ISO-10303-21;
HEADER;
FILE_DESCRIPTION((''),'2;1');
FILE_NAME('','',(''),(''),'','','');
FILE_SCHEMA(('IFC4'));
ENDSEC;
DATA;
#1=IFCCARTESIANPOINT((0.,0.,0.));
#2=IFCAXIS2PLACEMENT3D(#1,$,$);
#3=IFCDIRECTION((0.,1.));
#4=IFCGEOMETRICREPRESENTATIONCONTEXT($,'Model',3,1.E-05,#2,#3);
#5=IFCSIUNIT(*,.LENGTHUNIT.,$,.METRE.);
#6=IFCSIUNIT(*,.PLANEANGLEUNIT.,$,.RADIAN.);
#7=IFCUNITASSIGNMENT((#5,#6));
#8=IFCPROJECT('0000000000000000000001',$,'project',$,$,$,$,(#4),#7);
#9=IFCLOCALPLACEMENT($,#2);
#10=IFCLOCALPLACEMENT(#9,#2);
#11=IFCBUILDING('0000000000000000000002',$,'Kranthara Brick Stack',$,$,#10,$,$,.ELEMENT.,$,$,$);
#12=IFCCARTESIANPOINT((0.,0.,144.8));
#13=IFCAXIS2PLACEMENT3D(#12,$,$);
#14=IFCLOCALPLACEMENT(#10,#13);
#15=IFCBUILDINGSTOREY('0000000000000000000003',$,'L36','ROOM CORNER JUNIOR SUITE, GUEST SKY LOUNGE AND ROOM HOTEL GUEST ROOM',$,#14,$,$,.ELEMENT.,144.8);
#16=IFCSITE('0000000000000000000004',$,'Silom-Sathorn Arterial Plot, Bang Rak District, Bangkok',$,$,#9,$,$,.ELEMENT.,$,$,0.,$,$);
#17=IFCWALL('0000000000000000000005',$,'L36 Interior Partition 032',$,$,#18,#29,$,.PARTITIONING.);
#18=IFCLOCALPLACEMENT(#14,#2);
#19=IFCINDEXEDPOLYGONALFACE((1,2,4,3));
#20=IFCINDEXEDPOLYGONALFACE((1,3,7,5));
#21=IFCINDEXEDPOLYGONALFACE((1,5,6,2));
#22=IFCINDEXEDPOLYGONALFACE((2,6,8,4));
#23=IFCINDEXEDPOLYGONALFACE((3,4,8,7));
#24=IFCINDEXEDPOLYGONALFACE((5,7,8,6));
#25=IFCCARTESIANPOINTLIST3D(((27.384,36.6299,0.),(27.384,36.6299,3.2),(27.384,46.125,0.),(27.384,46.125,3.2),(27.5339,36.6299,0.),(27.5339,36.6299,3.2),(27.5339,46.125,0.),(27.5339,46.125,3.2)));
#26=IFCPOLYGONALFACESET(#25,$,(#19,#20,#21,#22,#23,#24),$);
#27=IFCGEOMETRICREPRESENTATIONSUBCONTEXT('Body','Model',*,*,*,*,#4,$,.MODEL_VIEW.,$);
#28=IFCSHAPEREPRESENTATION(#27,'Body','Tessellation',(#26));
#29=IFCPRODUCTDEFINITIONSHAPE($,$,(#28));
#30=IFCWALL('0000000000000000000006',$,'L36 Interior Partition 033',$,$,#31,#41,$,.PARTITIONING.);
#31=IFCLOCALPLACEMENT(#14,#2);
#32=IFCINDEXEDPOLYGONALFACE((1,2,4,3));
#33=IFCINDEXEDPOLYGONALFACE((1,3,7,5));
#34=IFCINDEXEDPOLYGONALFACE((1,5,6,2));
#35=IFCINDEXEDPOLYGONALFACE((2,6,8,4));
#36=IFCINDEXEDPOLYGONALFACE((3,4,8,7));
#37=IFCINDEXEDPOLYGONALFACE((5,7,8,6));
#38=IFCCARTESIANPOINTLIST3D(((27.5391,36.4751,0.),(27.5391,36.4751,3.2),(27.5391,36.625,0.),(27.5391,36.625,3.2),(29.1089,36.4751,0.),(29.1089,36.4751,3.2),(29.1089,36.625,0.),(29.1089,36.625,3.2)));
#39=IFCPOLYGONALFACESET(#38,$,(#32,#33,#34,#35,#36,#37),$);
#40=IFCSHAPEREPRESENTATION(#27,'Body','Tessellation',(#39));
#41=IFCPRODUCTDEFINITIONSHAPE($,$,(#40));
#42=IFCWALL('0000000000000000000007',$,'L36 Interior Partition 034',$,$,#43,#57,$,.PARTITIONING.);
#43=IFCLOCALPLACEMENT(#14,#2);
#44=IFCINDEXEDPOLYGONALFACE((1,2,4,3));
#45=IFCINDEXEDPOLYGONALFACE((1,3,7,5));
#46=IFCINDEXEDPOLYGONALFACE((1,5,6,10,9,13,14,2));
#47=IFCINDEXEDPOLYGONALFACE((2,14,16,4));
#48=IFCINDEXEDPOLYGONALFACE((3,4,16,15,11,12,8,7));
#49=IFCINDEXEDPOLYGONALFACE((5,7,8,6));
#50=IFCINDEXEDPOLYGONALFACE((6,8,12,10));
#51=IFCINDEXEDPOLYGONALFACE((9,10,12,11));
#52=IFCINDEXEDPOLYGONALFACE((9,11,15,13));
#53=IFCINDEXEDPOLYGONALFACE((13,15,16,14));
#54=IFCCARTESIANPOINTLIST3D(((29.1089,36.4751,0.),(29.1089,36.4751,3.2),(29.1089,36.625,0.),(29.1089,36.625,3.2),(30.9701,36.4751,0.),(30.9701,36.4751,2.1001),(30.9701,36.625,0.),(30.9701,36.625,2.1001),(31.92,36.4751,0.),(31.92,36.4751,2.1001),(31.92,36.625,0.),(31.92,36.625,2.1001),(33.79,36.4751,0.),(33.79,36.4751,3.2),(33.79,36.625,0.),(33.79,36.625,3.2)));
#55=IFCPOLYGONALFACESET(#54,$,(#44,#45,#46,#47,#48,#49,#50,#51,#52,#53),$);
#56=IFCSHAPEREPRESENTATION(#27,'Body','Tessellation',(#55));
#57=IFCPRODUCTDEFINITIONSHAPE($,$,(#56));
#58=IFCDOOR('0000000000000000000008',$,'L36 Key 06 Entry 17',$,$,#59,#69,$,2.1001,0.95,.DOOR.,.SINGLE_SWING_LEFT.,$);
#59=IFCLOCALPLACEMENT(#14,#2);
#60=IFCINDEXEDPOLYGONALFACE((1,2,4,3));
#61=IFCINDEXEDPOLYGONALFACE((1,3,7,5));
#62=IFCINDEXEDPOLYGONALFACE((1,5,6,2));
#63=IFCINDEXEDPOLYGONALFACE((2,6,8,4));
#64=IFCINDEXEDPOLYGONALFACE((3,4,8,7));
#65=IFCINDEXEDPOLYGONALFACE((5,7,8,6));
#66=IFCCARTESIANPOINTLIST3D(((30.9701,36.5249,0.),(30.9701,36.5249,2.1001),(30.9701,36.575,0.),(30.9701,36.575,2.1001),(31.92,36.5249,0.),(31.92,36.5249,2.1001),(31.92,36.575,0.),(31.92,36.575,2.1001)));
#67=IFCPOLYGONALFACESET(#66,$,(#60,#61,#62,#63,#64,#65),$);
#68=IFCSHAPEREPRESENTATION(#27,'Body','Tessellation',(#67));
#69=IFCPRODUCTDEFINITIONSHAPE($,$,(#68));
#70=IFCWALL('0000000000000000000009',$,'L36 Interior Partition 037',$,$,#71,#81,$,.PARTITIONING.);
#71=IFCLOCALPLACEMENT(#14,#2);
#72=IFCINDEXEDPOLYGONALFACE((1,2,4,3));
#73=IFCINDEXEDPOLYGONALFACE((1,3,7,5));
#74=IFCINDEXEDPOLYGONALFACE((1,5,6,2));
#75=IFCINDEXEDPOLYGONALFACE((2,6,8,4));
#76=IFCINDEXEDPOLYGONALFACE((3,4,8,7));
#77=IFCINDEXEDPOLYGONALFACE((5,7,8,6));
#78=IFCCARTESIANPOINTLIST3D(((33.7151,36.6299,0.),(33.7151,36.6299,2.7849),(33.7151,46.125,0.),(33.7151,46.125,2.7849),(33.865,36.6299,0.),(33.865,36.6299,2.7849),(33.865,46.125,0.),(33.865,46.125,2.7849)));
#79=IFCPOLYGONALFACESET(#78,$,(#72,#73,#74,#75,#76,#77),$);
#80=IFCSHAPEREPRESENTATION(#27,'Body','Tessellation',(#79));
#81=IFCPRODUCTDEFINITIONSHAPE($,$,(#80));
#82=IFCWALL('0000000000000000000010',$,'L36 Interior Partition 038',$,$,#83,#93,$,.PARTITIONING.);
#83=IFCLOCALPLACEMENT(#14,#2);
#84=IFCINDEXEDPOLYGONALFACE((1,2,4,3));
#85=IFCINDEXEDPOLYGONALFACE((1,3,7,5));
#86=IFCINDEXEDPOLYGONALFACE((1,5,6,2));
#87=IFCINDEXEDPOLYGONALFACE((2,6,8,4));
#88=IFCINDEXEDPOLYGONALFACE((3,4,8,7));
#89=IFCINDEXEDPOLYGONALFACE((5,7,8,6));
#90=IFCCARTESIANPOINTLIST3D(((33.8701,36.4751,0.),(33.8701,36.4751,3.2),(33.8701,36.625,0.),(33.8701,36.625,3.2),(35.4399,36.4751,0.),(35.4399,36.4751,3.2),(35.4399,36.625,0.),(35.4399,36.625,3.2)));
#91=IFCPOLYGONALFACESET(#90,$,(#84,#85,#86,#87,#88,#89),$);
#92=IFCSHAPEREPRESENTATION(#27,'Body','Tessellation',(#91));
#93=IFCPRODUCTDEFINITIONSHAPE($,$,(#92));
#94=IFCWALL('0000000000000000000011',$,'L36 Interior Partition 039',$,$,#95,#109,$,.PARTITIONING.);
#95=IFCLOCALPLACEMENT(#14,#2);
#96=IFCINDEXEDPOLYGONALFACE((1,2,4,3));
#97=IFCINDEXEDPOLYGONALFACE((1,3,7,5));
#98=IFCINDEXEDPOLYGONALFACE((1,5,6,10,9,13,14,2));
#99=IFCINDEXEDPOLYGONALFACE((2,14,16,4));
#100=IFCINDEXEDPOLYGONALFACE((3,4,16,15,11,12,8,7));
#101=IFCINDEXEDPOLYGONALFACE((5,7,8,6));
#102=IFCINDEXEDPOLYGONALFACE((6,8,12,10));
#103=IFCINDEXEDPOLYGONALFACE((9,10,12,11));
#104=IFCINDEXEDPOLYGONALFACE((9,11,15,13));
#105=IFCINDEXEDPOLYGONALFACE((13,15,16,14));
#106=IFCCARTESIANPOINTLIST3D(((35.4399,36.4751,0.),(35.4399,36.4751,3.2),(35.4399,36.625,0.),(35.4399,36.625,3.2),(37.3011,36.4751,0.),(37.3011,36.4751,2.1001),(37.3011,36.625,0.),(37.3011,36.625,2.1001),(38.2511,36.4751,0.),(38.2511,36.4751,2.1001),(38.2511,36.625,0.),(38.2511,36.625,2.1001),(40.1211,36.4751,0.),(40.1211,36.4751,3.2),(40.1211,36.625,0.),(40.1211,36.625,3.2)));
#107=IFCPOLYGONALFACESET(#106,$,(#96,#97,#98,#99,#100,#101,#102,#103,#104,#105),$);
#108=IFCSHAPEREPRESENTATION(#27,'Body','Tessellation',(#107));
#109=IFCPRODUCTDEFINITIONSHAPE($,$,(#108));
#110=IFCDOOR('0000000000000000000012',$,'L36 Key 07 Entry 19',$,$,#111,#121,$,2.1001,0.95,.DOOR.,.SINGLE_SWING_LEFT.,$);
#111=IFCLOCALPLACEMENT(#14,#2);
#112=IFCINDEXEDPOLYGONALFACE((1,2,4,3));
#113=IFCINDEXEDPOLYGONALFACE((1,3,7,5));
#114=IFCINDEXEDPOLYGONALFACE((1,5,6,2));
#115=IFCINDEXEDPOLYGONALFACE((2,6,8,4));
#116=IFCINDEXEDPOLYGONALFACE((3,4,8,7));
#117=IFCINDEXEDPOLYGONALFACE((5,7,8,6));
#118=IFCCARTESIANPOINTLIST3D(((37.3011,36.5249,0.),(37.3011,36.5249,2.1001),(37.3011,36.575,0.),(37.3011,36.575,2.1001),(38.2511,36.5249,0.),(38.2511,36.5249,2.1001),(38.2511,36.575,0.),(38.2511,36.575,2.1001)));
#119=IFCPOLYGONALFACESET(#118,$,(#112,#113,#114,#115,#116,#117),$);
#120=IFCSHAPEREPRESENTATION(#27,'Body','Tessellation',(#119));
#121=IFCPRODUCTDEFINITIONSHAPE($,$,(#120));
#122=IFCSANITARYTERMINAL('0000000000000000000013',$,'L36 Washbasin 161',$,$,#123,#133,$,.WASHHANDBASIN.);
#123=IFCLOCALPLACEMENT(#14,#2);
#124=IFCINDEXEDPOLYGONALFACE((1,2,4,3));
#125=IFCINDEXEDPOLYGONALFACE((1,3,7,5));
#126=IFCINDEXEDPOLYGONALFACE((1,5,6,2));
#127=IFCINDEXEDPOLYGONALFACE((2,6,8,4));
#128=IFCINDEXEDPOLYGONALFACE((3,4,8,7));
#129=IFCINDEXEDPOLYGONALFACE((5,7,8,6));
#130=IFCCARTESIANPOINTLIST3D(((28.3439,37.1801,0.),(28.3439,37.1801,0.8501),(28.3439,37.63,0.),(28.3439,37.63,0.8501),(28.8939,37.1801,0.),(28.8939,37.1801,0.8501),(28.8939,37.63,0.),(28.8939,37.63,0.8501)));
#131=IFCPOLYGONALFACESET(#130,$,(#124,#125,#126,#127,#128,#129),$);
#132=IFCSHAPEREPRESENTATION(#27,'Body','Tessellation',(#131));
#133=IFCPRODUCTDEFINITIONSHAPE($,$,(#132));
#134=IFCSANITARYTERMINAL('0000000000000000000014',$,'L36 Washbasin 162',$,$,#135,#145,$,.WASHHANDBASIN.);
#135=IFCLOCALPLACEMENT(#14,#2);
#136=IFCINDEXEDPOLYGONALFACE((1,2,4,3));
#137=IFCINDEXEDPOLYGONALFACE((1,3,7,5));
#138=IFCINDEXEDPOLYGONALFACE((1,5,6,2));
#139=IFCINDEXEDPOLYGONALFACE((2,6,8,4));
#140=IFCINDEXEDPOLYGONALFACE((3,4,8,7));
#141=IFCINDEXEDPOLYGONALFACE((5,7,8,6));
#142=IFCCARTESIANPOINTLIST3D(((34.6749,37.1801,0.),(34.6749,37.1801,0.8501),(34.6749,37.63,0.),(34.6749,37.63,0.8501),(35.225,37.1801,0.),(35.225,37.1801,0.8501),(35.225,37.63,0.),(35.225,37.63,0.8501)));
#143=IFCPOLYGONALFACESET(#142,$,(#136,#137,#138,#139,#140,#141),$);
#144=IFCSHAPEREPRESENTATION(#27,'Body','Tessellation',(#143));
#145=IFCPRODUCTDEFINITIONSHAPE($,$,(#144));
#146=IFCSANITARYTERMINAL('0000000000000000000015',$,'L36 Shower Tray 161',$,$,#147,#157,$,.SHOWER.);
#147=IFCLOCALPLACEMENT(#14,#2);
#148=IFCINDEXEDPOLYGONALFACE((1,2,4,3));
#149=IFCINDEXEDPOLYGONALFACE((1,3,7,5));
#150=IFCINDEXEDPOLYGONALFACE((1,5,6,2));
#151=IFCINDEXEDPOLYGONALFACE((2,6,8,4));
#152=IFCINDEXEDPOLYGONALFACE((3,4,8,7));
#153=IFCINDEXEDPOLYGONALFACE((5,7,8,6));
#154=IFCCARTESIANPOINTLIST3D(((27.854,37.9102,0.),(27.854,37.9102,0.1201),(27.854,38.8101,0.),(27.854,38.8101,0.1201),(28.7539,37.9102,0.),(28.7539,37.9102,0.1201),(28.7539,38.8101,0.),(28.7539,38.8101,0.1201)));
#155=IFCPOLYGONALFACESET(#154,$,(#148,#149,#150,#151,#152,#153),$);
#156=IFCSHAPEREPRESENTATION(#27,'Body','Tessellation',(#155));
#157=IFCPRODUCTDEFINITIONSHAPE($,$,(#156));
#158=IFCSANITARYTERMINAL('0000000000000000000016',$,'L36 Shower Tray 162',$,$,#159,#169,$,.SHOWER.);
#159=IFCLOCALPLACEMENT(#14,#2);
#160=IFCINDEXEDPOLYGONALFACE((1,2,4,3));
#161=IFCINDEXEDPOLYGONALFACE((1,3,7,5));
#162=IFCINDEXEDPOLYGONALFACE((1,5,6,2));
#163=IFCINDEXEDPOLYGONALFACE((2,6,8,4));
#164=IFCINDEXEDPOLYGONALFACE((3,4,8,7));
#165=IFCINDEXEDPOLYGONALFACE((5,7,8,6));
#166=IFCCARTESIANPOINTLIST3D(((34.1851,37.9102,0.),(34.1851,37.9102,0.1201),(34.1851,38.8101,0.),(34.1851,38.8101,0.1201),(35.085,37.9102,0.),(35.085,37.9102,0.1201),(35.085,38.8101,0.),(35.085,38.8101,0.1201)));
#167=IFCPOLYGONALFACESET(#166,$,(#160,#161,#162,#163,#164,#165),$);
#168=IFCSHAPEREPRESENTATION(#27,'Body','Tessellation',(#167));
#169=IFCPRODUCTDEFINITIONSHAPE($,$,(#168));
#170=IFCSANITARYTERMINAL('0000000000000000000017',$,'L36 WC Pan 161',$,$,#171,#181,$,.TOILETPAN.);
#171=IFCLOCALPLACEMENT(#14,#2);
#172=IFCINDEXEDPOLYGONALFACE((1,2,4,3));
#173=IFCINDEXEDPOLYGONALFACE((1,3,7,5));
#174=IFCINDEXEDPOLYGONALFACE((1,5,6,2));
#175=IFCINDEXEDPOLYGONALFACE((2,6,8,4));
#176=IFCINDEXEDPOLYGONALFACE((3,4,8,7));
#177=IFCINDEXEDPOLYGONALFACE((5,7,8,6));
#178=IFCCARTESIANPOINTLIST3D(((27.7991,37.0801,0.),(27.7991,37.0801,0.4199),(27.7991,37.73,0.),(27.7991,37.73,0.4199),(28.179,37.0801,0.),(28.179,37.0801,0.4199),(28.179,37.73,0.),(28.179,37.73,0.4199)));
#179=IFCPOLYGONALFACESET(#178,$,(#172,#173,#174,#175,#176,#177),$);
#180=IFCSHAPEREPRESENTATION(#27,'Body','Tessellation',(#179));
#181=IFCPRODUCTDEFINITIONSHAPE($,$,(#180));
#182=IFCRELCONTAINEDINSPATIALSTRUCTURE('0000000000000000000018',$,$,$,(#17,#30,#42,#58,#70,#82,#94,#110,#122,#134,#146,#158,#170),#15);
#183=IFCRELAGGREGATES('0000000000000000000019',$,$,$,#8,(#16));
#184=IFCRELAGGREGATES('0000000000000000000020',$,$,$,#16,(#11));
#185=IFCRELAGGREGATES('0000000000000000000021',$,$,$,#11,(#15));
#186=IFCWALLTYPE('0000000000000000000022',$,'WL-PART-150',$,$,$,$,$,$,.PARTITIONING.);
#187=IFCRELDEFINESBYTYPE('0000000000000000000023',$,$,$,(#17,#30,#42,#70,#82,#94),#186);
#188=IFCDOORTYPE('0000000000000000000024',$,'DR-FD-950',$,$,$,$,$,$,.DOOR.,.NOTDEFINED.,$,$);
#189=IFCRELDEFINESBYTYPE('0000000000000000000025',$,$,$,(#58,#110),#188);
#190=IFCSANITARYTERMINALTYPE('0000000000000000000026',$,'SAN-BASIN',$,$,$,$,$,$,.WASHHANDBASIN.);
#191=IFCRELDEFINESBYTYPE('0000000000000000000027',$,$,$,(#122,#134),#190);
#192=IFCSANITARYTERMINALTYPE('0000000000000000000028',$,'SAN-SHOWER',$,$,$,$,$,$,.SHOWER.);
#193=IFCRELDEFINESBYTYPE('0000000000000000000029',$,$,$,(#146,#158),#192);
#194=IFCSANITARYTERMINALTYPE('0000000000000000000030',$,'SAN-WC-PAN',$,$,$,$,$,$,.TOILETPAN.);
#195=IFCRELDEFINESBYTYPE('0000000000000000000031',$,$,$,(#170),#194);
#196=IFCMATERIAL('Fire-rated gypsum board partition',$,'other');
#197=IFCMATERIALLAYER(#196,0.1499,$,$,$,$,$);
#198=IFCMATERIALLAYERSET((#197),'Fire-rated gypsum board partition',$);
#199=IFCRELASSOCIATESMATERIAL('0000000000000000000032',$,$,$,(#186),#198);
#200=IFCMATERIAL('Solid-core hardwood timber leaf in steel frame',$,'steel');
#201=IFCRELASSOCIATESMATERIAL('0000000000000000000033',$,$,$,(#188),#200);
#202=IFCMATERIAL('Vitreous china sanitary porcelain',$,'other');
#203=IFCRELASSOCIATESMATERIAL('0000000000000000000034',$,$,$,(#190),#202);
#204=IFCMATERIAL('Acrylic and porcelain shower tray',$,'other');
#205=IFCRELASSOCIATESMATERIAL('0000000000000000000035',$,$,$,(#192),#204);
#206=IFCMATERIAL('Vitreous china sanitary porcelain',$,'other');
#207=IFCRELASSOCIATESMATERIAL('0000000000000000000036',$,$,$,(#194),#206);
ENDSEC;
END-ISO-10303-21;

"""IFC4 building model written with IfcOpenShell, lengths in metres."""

from ifc_helpers import new_model, si_unit, direction, frame, frame_2d, origin, origin_2d, place, context, subcontext, project, spatial, rectangle, extrude, material, layer, layer_set, type_object, element, fill, save


model = new_model("IFC4")

# Units and contexts
model_context = context("Model", 3, precision=1e-05, world=origin(), true_north=direction((0.0, 1.0)))
body_context = subcontext(model_context, "Body", "Model", "MODEL_VIEW")
ifc_project = project(units=[si_unit("LENGTHUNIT", "METRE"), si_unit("PLANEANGLEUNIT", "RADIAN")], contexts=[model_context])

# Site, building, storey
site_placement = place(None, origin())
site = spatial("IfcSite", under=ifc_project, at=site_placement, Name="Silom-Sathorn Arterial Plot, Bang Rak District, Bangkok", CompositionType="ELEMENT", RefElevation=0.0)
building_placement = place(site_placement, origin())
building = spatial("IfcBuilding", under=site, at=building_placement, Name="Kranthara Brick Stack", CompositionType="ELEMENT")
storey_placement = place(building_placement, frame((0.0, 0.0, 144.8)))
storey = spatial("IfcBuildingStorey", under=building, at=storey_placement, Name="L36", Description="ROOM CORNER JUNIOR SUITE, GUEST SKY LOUNGE AND ROOM HOTEL GUEST ROOM", CompositionType="ELEMENT", Elevation=144.8)

# Walls
ifc_material_1 = material(Name="Fire-rated gypsum board partition", Category="other")
ifc_layer_1 = layer(ifc_material_1, 0.1499)
ifc_layer_set_1 = layer_set([ifc_layer_1], Name="Fire-rated gypsum board partition")
wall_type_1 = type_object("IfcWallType", Name="WL-PART-150", PredefinedType="PARTITIONING", material=ifc_layer_set_1)
wall_1_placement = place(storey_placement, frame((27.459, 36.6299, 0.0), z_axis=(0.0, 0.0, 1.0), x_axis=(0.0, 1.0, 0.0)))
element("IfcWall", 1, at=wall_1_placement, inside=storey, type_object=wall_type_1, Name="L36 Interior Partition 032", PredefinedType="PARTITIONING", context=body_context, shape_type="SweptSolid", body=[
    extrude(rectangle(XDim=9.4951, YDim=0.1499, at=frame_2d((4.7476, 0.0))), origin(), (0.0, 0.0, 1.0), 3.2),
])
wall_2_placement = place(storey_placement, frame((27.5391, 36.55, 0.0), z_axis=(0.0, 0.0, 1.0), x_axis=(1.0, 0.0, 0.0)))
element("IfcWall", 2, at=wall_2_placement, inside=storey, type_object=wall_type_1, Name="L36 Interior Partition 033", PredefinedType="PARTITIONING", context=body_context, shape_type="SweptSolid", body=[
    extrude(rectangle(XDim=1.5698, YDim=0.1499, at=frame_2d((0.7849, 0.0))), origin(), (0.0, 0.0, 1.0), 3.2),
])

# Wall, opening, door
wall_3_placement = place(storey_placement, frame((29.1089, 36.55, 0.0), z_axis=(0.0, 0.0, 1.0), x_axis=(1.0, 0.0, 0.0)))
wall_3 = element("IfcWall", 3, at=wall_3_placement, inside=storey, type_object=wall_type_1, Name="L36 Interior Partition 034", PredefinedType="PARTITIONING", context=body_context, shape_type="SweptSolid", body=[
    extrude(rectangle(XDim=4.6812, YDim=0.1499, at=frame_2d((2.3406, 0.0))), origin(), (0.0, 0.0, 1.0), 3.2),
])
opening_1_placement = place(wall_3_placement, frame((1.8611, 0.0, 0.0)))
opening_1 = element("IfcOpeningElement", 4, at=opening_1_placement, cuts=wall_3, PredefinedType="OPENING", context=body_context, shape_type="SweptSolid", body=[
    extrude(rectangle(XDim=0.95, YDim=2.1001, at=frame_2d((0.4751, 1.05))), frame((0.0, 0.085, 0.0), z_axis=(0.0, -1.0, 0.0), x_axis=(1.0, 0.0, 0.0)), (0.0, 0.0, 1.0), 0.1699),
])
ifc_material_2 = material(Name="Solid-core hardwood timber leaf in steel frame", Category="steel")
door_type_1 = type_object("IfcDoorType", Name="DR-FD-950", OperationType="NOTDEFINED", PredefinedType="DOOR", material=ifc_material_2)
door_1_placement = place(opening_1_placement, origin())
door_1 = element("IfcDoor", 5, at=door_1_placement, inside=storey, type_object=door_type_1, Name="L36 Key 06 Entry 17", OperationType="SINGLE_SWING_LEFT", OverallHeight=2.1001, OverallWidth=0.95, PredefinedType="DOOR", context=body_context, shape_type="SweptSolid", body=[
    extrude(rectangle(XDim=0.95, YDim=2.1001, at=frame_2d((0.4751, 1.05))), frame((0.0, 0.0249, 0.0), z_axis=(0.0, -1.0, 0.0), x_axis=(1.0, 0.0, 0.0)), (0.0, 0.0, 1.0), 0.05),
])
fill(opening_1, door_1)

# Walls
wall_4_placement = place(storey_placement, frame((33.79, 36.6299, 0.0), z_axis=(0.0, 0.0, 1.0), x_axis=(0.0, 1.0, 0.0)))
element("IfcWall", 6, at=wall_4_placement, inside=storey, type_object=wall_type_1, Name="L36 Interior Partition 037", PredefinedType="PARTITIONING", context=body_context, shape_type="SweptSolid", body=[
    extrude(rectangle(XDim=9.4951, YDim=0.1499, at=frame_2d((4.7476, 0.0))), origin(), (0.0, 0.0, 1.0), 2.7849),
])
wall_5_placement = place(storey_placement, frame((33.8701, 36.55, 0.0), z_axis=(0.0, 0.0, 1.0), x_axis=(1.0, 0.0, 0.0)))
element("IfcWall", 7, at=wall_5_placement, inside=storey, type_object=wall_type_1, Name="L36 Interior Partition 038", PredefinedType="PARTITIONING", context=body_context, shape_type="SweptSolid", body=[
    extrude(rectangle(XDim=1.5698, YDim=0.1499, at=frame_2d((0.7849, 0.0))), origin(), (0.0, 0.0, 1.0), 3.2),
])

# Wall, opening, door
wall_6_placement = place(storey_placement, frame((35.4399, 36.55, 0.0), z_axis=(0.0, 0.0, 1.0), x_axis=(1.0, 0.0, 0.0)))
wall_6 = element("IfcWall", 8, at=wall_6_placement, inside=storey, type_object=wall_type_1, Name="L36 Interior Partition 039", PredefinedType="PARTITIONING", context=body_context, shape_type="SweptSolid", body=[
    extrude(rectangle(XDim=4.6812, YDim=0.1499, at=frame_2d((2.3406, 0.0))), origin(), (0.0, 0.0, 1.0), 3.2),
])
opening_2_placement = place(wall_6_placement, frame((1.8611, 0.0, 0.0)))
opening_2 = element("IfcOpeningElement", 9, at=opening_2_placement, cuts=wall_6, PredefinedType="OPENING", context=body_context, shape_type="SweptSolid", body=[
    extrude(rectangle(XDim=0.95, YDim=2.1001, at=frame_2d((0.4751, 1.05))), frame((0.0, 0.085, 0.0), z_axis=(0.0, -1.0, 0.0), x_axis=(1.0, 0.0, 0.0)), (0.0, 0.0, 1.0), 0.1699),
])
door_2_placement = place(opening_2_placement, origin())
door_2 = element("IfcDoor", 10, at=door_2_placement, inside=storey, type_object=door_type_1, Name="L36 Key 07 Entry 19", OperationType="SINGLE_SWING_LEFT", OverallHeight=2.1001, OverallWidth=0.95, PredefinedType="DOOR", context=body_context, shape_type="SweptSolid", body=[
    extrude(rectangle(XDim=0.95, YDim=2.1001, at=frame_2d((0.4751, 1.05))), frame((0.0, 0.0249, 0.0), z_axis=(0.0, -1.0, 0.0), x_axis=(1.0, 0.0, 0.0)), (0.0, 0.0, 1.0), 0.05),
])
fill(opening_2, door_2)

# Sanitary terminals
ifc_material_3 = material(Name="Vitreous china sanitary porcelain", Category="other")
sanitary_terminal_type_1 = type_object("IfcSanitaryTerminalType", Name="SAN-BASIN", PredefinedType="WASHHANDBASIN", material=ifc_material_3)
for number, where, z_axis, x_axis, name in (
    (11, (28.6189, 37.405, 0.0), (0.0, 0.0, 1.0), (1.0, 0.0, 0.0), "L36 Washbasin 161"),
    (12, (34.95, 37.405, 0.0), (0.0, 0.0, 1.0), (1.0, 0.0, 0.0), "L36 Washbasin 162"),
):
    element("IfcSanitaryTerminal", number, at=place(storey_placement, frame(where, z_axis=z_axis, x_axis=x_axis)), inside=storey, type_object=sanitary_terminal_type_1, Name=name, PredefinedType="WASHHANDBASIN", context=body_context, shape_type="SweptSolid", body=[
        extrude(rectangle(XDim=0.55, YDim=0.45, at=origin_2d()), origin(), (0.0, 0.0, 1.0), 0.8501),
    ])
ifc_material_4 = material(Name="Acrylic and porcelain shower tray", Category="other")
sanitary_terminal_type_2 = type_object("IfcSanitaryTerminalType", Name="SAN-SHOWER", PredefinedType="SHOWER", material=ifc_material_4)
for number, where, z_axis, x_axis, name in (
    (13, (28.304, 38.3601, 0.0), (0.0, 0.0, 1.0), (1.0, 0.0, 0.0), "L36 Shower Tray 161"),
    (14, (34.635, 38.3601, 0.0), (0.0, 0.0, 1.0), (1.0, 0.0, 0.0), "L36 Shower Tray 162"),
):
    element("IfcSanitaryTerminal", number, at=place(storey_placement, frame(where, z_axis=z_axis, x_axis=x_axis)), inside=storey, type_object=sanitary_terminal_type_2, Name=name, PredefinedType="SHOWER", context=body_context, shape_type="SweptSolid", body=[
        extrude(rectangle(XDim=0.8999, YDim=0.8999, at=origin_2d()), origin(), (0.0, 0.0, 1.0), 0.1201),
    ])
ifc_material_5 = material(Name="Vitreous china sanitary porcelain", Category="other")
sanitary_terminal_type_3 = type_object("IfcSanitaryTerminalType", Name="SAN-WC-PAN", PredefinedType="TOILETPAN", material=ifc_material_5)
for number, where, z_axis, x_axis, name in (
    (15, (27.989, 37.405, 0.0), (0.0, 0.0, 1.0), (1.0, 0.0, 0.0), "L36 WC Pan 161"),
):
    element("IfcSanitaryTerminal", number, at=place(storey_placement, frame(where, z_axis=z_axis, x_axis=x_axis)), inside=storey, type_object=sanitary_terminal_type_3, Name=name, PredefinedType="TOILETPAN", context=body_context, shape_type="SweptSolid", body=[
        extrude(rectangle(XDim=0.3799, YDim=0.6499, at=origin_2d()), origin(), (0.0, 0.0, 1.0), 0.4199),
    ])

save(model, "model.ifc")
